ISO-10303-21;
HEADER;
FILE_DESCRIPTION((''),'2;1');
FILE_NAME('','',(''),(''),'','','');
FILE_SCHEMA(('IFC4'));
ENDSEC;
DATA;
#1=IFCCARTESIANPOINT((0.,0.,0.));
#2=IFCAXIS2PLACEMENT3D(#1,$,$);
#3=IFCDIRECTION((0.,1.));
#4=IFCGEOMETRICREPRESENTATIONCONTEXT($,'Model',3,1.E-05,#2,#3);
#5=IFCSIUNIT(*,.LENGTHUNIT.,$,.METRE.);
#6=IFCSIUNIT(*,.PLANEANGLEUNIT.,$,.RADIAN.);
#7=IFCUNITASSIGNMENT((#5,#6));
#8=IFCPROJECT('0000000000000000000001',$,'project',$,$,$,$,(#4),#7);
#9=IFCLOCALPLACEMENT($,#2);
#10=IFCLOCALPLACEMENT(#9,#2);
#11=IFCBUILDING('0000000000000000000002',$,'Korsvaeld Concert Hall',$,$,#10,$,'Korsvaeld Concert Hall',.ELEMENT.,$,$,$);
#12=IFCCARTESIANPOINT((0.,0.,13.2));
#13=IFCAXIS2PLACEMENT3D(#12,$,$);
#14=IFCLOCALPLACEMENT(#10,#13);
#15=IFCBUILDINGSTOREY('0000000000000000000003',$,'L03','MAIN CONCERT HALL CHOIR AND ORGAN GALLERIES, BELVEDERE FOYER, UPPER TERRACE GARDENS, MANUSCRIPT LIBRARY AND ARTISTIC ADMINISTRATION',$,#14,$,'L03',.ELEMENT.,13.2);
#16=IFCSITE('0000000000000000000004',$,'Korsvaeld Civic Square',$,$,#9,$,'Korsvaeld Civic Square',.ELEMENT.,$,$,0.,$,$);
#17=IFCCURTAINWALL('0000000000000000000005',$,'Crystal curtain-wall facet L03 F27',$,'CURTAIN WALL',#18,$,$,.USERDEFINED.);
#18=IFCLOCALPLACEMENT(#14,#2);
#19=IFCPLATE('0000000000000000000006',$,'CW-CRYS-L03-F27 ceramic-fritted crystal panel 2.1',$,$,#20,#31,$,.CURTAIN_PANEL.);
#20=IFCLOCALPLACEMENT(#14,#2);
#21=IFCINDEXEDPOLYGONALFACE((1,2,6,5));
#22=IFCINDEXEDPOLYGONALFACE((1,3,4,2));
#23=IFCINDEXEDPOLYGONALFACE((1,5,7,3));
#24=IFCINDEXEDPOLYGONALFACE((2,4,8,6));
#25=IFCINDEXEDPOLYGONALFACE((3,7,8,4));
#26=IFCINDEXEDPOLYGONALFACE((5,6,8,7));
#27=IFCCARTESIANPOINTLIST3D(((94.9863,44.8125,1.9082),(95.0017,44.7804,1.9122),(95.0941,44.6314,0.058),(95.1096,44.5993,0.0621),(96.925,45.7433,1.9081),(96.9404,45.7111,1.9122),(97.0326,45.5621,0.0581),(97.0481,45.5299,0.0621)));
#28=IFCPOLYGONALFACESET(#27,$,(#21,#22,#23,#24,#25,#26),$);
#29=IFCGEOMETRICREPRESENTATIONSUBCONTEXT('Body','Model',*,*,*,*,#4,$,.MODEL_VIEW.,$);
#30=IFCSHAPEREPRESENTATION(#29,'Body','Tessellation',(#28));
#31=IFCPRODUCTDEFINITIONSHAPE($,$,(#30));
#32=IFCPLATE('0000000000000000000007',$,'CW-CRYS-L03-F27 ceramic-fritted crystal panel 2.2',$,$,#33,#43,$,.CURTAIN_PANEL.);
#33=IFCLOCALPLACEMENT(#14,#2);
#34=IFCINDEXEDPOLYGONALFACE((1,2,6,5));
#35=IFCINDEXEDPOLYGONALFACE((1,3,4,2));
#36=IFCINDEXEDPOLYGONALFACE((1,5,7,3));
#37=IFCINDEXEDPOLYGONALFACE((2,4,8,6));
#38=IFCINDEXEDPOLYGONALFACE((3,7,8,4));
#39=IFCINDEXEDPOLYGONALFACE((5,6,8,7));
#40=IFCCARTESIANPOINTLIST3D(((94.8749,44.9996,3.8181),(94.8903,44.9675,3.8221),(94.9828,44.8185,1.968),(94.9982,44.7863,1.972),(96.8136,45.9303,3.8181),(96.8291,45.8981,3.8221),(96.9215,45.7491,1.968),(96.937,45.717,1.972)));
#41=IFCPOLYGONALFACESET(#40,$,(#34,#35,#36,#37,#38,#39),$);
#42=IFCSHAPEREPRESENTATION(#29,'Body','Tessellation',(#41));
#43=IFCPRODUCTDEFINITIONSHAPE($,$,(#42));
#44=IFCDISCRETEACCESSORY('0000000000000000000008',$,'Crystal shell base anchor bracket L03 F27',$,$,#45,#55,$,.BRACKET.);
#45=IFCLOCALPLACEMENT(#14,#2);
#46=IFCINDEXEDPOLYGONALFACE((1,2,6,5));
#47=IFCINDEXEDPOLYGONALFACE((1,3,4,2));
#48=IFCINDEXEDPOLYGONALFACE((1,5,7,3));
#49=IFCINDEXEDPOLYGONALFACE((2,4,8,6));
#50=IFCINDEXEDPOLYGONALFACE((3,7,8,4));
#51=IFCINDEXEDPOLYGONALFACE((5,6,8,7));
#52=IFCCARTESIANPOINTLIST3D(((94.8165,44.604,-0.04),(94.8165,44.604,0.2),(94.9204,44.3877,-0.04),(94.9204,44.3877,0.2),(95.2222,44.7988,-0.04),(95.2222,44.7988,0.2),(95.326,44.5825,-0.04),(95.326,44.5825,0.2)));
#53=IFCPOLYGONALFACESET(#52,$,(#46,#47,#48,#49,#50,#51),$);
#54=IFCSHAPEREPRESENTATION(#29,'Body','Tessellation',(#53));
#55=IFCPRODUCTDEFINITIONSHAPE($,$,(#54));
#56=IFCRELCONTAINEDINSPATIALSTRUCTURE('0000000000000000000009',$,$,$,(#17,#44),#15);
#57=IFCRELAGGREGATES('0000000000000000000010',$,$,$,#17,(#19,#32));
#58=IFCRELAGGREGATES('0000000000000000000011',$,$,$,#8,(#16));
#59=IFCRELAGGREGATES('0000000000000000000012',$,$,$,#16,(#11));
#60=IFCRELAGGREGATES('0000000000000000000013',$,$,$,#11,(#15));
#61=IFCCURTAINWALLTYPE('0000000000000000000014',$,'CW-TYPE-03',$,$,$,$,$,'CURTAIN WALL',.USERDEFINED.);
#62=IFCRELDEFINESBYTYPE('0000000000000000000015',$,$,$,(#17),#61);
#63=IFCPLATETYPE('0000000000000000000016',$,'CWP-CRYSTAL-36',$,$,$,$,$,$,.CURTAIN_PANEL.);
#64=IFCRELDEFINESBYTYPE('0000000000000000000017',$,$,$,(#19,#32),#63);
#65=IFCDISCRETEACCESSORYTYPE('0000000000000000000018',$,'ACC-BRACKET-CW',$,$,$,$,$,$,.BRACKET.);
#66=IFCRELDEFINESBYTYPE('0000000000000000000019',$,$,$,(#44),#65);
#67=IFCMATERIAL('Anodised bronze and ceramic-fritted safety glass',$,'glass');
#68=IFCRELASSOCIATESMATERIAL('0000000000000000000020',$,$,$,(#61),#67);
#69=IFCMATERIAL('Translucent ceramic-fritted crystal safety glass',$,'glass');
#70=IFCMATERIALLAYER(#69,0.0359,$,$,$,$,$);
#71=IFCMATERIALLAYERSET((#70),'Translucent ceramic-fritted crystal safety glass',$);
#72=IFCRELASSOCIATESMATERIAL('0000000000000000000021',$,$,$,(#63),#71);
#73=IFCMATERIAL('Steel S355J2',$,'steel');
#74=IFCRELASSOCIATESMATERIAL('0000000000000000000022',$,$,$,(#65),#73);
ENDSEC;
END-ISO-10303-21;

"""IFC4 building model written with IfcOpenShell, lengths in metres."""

from ifc_helpers import new_model, si_unit, direction, frame, origin, origin_2d, place, context, subcontext, project, spatial, polyline, rectangle, outline, extrude, material, layer, layer_set, type_object, element, aggregate, save


model = new_model("IFC4")

# Units and contexts
model_context = context("Model", 3, precision=1e-05, world=origin(), true_north=direction((0.0, 1.0)))
body_context = subcontext(model_context, "Body", "Model", "MODEL_VIEW")
ifc_project = project(units=[si_unit("LENGTHUNIT", "METRE"), si_unit("PLANEANGLEUNIT", "RADIAN")], contexts=[model_context])

# Site, building, storey
site_placement = place(None, origin())
site = spatial("IfcSite", under=ifc_project, at=site_placement, Name="Korsvaeld Civic Square", LongName="Korsvaeld Civic Square", CompositionType="ELEMENT", RefElevation=0.0)
building_placement = place(site_placement, origin())
building = spatial("IfcBuilding", under=site, at=building_placement, Name="Korsvaeld Concert Hall", LongName="Korsvaeld Concert Hall", CompositionType="ELEMENT")
storey_placement = place(building_placement, frame((0.0, 0.0, 13.2)))
storey = spatial("IfcBuildingStorey", under=building, at=storey_placement, Name="L03", Description="MAIN CONCERT HALL CHOIR AND ORGAN GALLERIES, BELVEDERE FOYER, UPPER TERRACE GARDENS, MANUSCRIPT LIBRARY AND ARTISTIC ADMINISTRATION", LongName="L03", CompositionType="ELEMENT", Elevation=13.2)

# Shared definitions
ifc_material_1 = material(Name="Anodised bronze and ceramic-fritted safety glass", Category="glass")

# Curtain wall
curtain_wall_type_1 = type_object("IfcCurtainWallType", Name="CW-TYPE-03", ElementType="CURTAIN WALL", PredefinedType="USERDEFINED", material=ifc_material_1)
curtain_wall_1_placement = place(storey_placement, origin())
curtain_wall_1 = element("IfcCurtainWall", 1, at=curtain_wall_1_placement, inside=storey, type_object=curtain_wall_type_1, Name="Crystal curtain-wall facet L03 F27", ObjectType="CURTAIN WALL", PredefinedType="USERDEFINED")

# Plates
ifc_material_2 = material(Name="Translucent ceramic-fritted crystal safety glass", Category="glass")
ifc_layer_1 = layer(ifc_material_2, 0.0359)
ifc_layer_set_1 = layer_set([ifc_layer_1], Name="Translucent ceramic-fritted crystal safety glass")
plate_type_1 = type_object("IfcPlateType", Name="CWP-CRYSTAL-36", PredefinedType="CURTAIN_PANEL", material=ifc_layer_set_1)
plate_1_placement = place(storey_placement, frame((95.1018, 44.6155, 0.0601), z_axis=(0.430023, -0.895749, 0.112761), x_axis=(0.901498, 0.432783, 0.000003)))
plate_1 = element("IfcPlate", 2, at=plate_1_placement, type_object=plate_type_1, Name="CW-CRYS-L03-F27 ceramic-fritted crystal panel 2.1", PredefinedType="CURTAIN_PANEL", context=body_context, shape_type="SweptSolid", body=[
    extrude(outline(polyline([(0.0, 0.0), (2.1503, 0.0), (2.1317, 1.862), (-0.0189, 1.862), (0.0, 0.0)])), frame((0.0, 0.0, 0.0181)), (0.0, 0.0, -1.0), 0.0359),
])
plate_2_placement = place(storey_placement, frame((94.9905, 44.8025, 1.97), z_axis=(0.429999, -0.895756, 0.112788), x_axis=(0.901509, 0.432761, 0.0)))
plate_2 = element("IfcPlate", 3, at=plate_2_placement, type_object=plate_type_1, Name="CW-CRYS-L03-F27 ceramic-fritted crystal panel 2.2", PredefinedType="CURTAIN_PANEL", context=body_context, shape_type="SweptSolid", body=[
    extrude(outline(polyline([(0.0, 0.0), (2.1505, 0.0), (2.1316, 1.862), (-0.0189, 1.862), (0.0, 0.0)])), frame((0.0, 0.0, 0.0181)), (0.0, 0.0, -1.0), 0.0359),
])
aggregate(curtain_wall_1, [plate_1, plate_2])

# Discrete accessory
ifc_material_3 = material(Name="Steel S355J2", Category="steel")
discrete_accessory_type = type_object("IfcDiscreteAccessoryType", Name="ACC-BRACKET-CW", PredefinedType="BRACKET", material=ifc_material_3)
discrete_accessory_placement = place(storey_placement, frame((95.0713, 44.5933, -0.04), z_axis=(0.0, 0.0, 1.0), x_axis=(0.901455, 0.432873, 0.0)))
element("IfcDiscreteAccessory", 4, at=discrete_accessory_placement, inside=storey, type_object=discrete_accessory_type, Name="Crystal shell base anchor bracket L03 F27", PredefinedType="BRACKET", context=body_context, shape_type="SweptSolid", body=[
    extrude(rectangle(XDim=0.45, YDim=0.24, at=origin_2d()), origin(), (0.0, 0.0, 1.0), 0.24),
])

save(model, "model.ifc")
